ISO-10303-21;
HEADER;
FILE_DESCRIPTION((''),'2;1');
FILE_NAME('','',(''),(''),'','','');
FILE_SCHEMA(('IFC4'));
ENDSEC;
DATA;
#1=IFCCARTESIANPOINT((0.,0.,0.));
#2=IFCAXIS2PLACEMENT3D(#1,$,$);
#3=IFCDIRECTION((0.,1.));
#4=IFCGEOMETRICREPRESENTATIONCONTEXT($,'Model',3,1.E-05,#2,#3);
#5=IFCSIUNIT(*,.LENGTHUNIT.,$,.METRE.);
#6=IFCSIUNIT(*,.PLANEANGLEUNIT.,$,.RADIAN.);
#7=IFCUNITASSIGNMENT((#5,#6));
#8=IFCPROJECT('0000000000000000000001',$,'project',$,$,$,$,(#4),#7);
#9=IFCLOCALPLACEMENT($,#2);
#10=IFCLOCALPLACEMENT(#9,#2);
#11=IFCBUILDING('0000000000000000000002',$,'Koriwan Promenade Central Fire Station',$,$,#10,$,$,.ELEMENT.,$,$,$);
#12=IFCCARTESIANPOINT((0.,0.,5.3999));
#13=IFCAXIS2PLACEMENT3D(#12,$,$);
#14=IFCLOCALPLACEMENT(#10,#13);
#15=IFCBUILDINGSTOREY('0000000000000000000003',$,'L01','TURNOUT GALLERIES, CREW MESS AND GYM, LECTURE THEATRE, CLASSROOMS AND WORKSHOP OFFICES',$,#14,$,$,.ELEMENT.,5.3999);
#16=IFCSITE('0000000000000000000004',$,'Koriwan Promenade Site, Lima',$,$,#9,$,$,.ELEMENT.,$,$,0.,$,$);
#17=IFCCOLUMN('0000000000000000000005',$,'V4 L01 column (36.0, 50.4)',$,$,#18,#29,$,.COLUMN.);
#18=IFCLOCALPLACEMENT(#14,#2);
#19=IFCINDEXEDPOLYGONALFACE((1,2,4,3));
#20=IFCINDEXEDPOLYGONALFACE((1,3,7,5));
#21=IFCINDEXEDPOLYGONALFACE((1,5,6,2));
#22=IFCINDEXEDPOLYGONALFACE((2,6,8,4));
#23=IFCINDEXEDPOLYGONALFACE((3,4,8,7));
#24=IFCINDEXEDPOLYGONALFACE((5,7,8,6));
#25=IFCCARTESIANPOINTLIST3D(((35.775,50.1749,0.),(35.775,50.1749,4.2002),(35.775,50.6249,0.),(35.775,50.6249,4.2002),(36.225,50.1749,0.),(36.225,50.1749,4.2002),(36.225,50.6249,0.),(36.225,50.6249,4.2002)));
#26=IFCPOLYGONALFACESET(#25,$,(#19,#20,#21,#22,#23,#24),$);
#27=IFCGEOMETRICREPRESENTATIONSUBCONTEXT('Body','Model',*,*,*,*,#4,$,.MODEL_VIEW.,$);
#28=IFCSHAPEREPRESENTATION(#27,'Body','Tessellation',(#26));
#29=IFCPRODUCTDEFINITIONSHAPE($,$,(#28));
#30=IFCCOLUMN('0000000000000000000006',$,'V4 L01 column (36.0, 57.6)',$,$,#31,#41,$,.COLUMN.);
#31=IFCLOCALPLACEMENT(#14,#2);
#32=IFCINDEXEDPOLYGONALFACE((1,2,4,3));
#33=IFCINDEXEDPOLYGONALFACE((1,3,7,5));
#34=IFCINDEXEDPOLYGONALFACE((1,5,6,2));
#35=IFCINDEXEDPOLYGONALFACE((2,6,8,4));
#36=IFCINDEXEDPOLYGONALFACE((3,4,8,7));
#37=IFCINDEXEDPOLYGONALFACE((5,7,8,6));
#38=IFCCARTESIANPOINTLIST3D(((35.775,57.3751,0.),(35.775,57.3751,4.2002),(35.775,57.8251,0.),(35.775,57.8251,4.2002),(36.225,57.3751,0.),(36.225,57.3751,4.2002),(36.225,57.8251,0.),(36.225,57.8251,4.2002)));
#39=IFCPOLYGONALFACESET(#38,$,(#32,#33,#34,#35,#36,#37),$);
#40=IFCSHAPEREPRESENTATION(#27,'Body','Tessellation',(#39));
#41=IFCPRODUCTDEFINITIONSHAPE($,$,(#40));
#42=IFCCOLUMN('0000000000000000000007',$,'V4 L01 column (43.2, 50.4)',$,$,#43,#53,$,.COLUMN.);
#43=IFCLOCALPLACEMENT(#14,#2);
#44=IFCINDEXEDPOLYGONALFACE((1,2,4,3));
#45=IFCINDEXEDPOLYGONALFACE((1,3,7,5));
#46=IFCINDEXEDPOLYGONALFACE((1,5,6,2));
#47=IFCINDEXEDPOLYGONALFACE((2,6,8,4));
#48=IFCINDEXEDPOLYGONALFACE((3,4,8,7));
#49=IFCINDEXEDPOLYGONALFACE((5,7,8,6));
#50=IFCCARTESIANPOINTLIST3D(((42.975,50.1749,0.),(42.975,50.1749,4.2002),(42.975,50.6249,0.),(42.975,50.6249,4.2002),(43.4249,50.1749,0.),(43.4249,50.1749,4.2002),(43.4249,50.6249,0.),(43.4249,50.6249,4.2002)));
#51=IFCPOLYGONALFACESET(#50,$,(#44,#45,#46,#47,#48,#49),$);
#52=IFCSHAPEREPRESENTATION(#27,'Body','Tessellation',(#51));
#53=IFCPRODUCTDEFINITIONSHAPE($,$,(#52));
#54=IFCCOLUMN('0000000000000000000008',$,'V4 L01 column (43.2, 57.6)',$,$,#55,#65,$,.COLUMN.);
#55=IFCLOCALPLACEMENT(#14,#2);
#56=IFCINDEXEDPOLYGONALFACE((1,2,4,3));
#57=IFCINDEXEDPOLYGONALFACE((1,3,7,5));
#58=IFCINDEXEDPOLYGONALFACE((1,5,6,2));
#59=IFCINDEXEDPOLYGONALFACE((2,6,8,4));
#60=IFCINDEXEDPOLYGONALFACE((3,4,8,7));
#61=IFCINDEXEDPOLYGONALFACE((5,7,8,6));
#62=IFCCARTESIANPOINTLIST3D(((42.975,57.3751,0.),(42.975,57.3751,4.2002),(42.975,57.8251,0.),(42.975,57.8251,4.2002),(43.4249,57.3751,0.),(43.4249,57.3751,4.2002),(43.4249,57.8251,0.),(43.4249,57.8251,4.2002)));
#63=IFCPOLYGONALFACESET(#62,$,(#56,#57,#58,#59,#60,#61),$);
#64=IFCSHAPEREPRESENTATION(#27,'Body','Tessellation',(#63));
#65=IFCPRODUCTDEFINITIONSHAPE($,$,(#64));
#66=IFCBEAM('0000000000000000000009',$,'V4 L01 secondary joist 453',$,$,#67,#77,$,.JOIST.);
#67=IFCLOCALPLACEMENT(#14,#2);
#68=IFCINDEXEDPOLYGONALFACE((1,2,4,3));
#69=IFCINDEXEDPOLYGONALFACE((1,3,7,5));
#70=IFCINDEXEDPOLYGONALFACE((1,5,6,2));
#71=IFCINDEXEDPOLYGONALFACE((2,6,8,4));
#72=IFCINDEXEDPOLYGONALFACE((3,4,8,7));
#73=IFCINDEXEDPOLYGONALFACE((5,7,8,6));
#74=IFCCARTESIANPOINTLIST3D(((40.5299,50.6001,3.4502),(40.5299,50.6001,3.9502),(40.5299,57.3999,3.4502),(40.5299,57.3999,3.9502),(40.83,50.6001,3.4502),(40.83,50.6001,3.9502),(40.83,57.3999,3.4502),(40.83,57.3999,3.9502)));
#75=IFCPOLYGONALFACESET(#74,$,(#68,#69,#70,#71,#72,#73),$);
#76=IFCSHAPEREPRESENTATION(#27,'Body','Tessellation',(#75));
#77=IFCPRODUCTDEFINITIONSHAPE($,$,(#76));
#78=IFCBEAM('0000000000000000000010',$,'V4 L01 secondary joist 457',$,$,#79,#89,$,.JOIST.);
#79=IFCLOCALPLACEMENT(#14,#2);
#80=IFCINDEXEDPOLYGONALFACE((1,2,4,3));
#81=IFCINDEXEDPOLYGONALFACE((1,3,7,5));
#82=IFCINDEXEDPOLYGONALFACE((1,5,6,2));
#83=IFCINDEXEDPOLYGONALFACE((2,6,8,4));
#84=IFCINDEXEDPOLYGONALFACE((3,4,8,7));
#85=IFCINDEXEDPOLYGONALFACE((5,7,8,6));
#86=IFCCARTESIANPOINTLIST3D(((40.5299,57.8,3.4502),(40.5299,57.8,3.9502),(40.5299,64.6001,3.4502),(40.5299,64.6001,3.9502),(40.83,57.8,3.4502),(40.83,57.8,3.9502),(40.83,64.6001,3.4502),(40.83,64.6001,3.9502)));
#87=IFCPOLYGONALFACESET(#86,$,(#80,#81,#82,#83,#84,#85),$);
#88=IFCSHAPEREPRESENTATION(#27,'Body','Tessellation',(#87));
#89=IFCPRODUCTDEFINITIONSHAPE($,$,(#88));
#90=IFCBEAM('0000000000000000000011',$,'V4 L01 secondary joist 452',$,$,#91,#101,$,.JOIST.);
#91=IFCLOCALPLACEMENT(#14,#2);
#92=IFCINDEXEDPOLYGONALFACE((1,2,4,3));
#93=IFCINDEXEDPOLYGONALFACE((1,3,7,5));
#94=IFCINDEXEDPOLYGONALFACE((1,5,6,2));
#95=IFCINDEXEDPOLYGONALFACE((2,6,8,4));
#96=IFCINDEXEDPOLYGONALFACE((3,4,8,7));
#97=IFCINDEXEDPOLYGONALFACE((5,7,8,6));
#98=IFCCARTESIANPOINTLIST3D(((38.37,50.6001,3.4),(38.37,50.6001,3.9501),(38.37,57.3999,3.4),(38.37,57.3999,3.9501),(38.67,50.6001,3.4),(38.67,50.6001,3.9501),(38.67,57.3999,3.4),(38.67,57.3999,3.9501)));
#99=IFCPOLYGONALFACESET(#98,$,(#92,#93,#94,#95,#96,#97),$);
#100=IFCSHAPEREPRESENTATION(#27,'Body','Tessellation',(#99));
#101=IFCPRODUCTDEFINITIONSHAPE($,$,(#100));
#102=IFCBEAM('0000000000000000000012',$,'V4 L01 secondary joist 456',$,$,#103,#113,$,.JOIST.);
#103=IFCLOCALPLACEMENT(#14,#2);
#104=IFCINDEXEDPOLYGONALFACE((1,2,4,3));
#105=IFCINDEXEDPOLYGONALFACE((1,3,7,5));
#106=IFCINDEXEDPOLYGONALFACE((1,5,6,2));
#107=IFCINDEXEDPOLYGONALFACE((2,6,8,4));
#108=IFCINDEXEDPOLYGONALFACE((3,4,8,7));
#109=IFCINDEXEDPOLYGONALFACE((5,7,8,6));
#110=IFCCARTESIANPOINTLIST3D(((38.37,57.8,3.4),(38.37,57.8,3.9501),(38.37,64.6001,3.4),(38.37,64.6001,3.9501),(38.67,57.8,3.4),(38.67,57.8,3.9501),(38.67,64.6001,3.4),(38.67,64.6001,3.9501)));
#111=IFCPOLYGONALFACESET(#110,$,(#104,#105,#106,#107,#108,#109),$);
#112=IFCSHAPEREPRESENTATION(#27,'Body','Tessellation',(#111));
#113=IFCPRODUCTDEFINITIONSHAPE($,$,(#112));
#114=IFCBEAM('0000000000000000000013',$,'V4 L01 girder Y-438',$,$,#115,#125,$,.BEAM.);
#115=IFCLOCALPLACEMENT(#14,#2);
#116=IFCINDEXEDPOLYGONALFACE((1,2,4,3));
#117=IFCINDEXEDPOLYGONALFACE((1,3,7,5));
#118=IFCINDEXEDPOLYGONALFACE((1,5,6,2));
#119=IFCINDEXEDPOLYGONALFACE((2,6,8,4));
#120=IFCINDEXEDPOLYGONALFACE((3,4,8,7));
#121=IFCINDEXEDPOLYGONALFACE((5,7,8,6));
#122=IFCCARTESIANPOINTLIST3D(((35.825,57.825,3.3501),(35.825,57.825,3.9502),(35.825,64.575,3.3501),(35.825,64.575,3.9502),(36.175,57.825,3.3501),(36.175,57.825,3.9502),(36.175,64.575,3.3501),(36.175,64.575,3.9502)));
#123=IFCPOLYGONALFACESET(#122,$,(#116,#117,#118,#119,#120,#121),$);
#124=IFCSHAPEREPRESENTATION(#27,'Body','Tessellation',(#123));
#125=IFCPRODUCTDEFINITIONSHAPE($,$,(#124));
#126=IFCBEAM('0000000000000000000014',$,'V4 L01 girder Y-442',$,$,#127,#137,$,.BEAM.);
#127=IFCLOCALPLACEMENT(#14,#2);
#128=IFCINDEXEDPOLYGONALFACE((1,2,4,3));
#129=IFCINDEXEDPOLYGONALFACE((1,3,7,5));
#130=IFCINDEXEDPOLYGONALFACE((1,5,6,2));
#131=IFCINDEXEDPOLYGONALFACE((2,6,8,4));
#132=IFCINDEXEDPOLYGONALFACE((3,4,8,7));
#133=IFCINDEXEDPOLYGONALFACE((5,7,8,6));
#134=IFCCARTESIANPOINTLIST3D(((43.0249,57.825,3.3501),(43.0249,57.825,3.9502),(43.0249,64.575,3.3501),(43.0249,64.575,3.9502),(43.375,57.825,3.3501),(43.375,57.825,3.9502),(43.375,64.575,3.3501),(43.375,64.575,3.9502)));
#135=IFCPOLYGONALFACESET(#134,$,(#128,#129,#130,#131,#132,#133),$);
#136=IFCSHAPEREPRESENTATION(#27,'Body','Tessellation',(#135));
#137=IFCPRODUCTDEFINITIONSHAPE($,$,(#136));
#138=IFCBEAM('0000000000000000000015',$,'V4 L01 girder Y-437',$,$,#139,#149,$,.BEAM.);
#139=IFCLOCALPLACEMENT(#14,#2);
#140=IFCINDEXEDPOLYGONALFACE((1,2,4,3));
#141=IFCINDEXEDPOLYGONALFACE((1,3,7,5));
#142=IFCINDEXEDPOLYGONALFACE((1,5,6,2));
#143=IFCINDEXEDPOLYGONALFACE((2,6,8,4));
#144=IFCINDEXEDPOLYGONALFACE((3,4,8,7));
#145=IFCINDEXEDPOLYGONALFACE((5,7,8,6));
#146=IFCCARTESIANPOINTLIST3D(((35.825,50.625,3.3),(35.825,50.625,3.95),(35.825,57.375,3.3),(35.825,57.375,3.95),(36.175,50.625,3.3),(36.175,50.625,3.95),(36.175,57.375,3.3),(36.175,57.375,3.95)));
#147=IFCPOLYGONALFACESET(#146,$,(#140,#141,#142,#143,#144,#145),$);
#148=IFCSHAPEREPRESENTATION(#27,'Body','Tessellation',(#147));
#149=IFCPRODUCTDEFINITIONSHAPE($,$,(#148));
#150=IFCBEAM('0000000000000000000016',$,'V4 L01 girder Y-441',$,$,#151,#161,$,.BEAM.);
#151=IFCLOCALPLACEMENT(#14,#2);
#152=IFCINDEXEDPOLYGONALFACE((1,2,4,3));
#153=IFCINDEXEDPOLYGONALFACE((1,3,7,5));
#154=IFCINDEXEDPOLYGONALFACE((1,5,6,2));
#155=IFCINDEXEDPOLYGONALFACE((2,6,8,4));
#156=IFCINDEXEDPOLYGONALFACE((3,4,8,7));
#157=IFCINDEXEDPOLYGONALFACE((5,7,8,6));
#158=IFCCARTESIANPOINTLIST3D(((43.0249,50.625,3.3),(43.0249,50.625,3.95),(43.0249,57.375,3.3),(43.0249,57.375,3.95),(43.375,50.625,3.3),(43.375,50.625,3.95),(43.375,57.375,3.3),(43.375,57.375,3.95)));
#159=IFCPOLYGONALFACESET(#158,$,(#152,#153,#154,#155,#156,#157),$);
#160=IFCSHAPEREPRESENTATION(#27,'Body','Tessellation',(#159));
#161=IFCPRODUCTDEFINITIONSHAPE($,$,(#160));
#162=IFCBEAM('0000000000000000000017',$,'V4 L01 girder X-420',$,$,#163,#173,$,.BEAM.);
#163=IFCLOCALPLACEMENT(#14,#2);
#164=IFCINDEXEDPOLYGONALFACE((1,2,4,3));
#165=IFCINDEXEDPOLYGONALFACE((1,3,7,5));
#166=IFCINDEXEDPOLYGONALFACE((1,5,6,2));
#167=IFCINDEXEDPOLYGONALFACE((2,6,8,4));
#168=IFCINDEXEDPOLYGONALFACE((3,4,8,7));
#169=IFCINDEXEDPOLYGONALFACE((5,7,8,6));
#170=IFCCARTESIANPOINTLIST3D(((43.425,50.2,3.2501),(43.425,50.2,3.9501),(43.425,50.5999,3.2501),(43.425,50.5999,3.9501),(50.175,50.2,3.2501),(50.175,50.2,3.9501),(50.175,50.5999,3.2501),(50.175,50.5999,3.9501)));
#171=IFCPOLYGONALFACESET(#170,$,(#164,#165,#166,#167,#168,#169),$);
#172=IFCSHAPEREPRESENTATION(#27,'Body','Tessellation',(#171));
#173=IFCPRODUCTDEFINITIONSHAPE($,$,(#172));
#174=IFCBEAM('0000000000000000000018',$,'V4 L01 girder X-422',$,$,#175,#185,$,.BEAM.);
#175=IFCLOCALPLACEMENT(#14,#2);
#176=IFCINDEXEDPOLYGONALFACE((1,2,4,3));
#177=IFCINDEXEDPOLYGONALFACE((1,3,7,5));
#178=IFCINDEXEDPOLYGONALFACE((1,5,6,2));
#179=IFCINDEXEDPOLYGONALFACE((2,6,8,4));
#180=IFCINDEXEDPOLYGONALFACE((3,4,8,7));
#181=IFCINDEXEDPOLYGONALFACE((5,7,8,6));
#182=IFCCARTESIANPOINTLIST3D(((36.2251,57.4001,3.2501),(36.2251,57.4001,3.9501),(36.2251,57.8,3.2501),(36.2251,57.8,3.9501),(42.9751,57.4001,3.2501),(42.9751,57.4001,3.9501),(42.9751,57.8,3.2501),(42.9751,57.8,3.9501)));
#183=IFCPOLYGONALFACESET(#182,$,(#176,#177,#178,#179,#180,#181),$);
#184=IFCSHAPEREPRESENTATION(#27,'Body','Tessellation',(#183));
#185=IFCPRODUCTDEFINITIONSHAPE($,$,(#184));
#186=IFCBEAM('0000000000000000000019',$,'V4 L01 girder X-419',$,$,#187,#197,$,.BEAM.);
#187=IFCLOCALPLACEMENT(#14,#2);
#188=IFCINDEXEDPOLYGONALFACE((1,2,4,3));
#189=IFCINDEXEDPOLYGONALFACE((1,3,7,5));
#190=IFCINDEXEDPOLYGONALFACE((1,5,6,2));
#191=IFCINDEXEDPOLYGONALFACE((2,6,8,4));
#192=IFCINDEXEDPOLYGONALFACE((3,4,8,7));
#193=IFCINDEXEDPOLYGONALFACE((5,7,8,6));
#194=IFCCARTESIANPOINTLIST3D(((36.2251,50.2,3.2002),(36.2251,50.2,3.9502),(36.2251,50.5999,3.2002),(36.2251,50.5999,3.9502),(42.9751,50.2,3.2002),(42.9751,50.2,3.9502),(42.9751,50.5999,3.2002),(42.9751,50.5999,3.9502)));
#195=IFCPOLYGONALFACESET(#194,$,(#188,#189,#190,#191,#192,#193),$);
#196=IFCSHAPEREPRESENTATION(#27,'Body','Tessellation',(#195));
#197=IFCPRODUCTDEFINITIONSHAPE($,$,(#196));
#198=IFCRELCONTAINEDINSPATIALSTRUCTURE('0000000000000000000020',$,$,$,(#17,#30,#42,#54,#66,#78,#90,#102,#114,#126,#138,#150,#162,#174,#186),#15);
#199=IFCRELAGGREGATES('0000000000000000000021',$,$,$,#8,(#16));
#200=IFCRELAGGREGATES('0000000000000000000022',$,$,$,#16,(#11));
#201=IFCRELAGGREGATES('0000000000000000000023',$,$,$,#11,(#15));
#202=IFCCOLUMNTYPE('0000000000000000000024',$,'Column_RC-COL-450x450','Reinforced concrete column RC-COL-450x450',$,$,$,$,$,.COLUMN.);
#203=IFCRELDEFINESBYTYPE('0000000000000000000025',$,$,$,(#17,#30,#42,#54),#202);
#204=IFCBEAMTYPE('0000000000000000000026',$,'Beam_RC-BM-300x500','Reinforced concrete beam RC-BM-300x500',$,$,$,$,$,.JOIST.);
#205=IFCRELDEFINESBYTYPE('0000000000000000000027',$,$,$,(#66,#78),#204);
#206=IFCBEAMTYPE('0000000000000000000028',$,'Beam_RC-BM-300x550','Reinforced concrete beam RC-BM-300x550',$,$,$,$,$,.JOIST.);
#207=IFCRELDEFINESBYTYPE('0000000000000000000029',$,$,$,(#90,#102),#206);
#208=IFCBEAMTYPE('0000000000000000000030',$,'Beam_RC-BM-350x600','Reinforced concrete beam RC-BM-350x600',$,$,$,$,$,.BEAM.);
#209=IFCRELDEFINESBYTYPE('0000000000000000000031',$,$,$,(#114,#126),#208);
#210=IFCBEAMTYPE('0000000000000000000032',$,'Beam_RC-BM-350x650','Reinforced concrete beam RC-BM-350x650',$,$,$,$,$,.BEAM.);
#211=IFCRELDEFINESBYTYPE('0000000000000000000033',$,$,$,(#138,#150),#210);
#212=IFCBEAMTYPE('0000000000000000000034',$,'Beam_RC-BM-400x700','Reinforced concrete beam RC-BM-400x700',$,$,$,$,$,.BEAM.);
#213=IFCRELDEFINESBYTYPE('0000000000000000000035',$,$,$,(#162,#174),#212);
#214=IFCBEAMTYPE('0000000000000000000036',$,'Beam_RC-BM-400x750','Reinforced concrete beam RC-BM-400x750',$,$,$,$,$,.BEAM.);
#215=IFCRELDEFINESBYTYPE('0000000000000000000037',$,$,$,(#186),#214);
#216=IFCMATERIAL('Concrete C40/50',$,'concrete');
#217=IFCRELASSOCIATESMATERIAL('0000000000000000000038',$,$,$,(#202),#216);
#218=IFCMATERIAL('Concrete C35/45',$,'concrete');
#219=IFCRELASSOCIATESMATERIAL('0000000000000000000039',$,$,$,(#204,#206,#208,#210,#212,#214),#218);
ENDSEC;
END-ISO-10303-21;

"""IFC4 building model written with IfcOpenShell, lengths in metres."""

from ifc_helpers import new_model, si_unit, direction, frame, origin, origin_2d, place, context, subcontext, project, spatial, rectangle, extrude, material, material_profile, profile_set, type_object, element, save


model = new_model("IFC4")

# Units and contexts
model_context = context("Model", 3, precision=1e-05, world=origin(), true_north=direction((0.0, 1.0)))
body_context = subcontext(model_context, "Body", "Model", "MODEL_VIEW")
ifc_project = project(units=[si_unit("LENGTHUNIT", "METRE"), si_unit("PLANEANGLEUNIT", "RADIAN")], contexts=[model_context])

# Site, building, storey
site_placement = place(None, origin())
site = spatial("IfcSite", under=ifc_project, at=site_placement, Name="Koriwan Promenade Site, Lima", CompositionType="ELEMENT", RefElevation=0.0)
building_placement = place(site_placement, origin())
building = spatial("IfcBuilding", under=site, at=building_placement, Name="Koriwan Promenade Central Fire Station", CompositionType="ELEMENT")
storey_placement = place(building_placement, frame((0.0, 0.0, 5.3999)))
storey = spatial("IfcBuildingStorey", under=building, at=storey_placement, Name="L01", Description="TURNOUT GALLERIES, CREW MESS AND GYM, LECTURE THEATRE, CLASSROOMS AND WORKSHOP OFFICES", CompositionType="ELEMENT", Elevation=5.3999)

# Columns
ifc_material_1 = material(Name="Concrete C40/50", Category="concrete")
ifc_material_profile_1 = material_profile(ifc_material_1, rectangle(XDim=0.45, YDim=0.45, at=origin_2d()), Name="RC-COL-450x450")
ifc_profile_set_1 = profile_set([ifc_material_profile_1], Name="Concrete C40/50")
column_type = type_object("IfcColumnType", Name="Column_RC-COL-450x450", Description="Reinforced concrete column RC-COL-450x450", PredefinedType="COLUMN", material=ifc_profile_set_1)
for number, where, z_axis, x_axis, name in (
    (1, (36.0, 50.3999, 0.0), (0.0, 0.0, 1.0), (1.0, 0.0, 0.0), "V4 L01 column (36.0, 50.4)"),
    (2, (36.0, 57.6001, 0.0), (0.0, 0.0, 1.0), (1.0, 0.0, 0.0), "V4 L01 column (36.0, 57.6)"),
    (3, (43.2, 50.3999, 0.0), (0.0, 0.0, 1.0), (1.0, 0.0, 0.0), "V4 L01 column (43.2, 50.4)"),
    (4, (43.2, 57.6001, 0.0), (0.0, 0.0, 1.0), (1.0, 0.0, 0.0), "V4 L01 column (43.2, 57.6)"),
):
    element("IfcColumn", number, at=place(storey_placement, frame(where, z_axis=z_axis, x_axis=x_axis)), inside=storey, type_object=column_type, Name=name, PredefinedType="COLUMN", context=body_context, shape_type="SweptSolid", body=[
        extrude(rectangle(XDim=0.45, YDim=0.45, at=origin_2d()), origin(), (0.0, 0.0, 1.0), 4.2002),
    ])

# Beams
ifc_material_2 = material(Name="Concrete C35/45", Category="concrete")
ifc_material_profile_2 = material_profile(ifc_material_2, rectangle(XDim=0.3, YDim=0.5, at=origin_2d()), Name="RC-BM-300x500")
ifc_profile_set_2 = profile_set([ifc_material_profile_2], Name="Concrete C35/45")
beam_type_1 = type_object("IfcBeamType", Name="Beam_RC-BM-300x500", Description="Reinforced concrete beam RC-BM-300x500", PredefinedType="JOIST", material=ifc_profile_set_2)
beam_1_placement = place(storey_placement, frame((40.6799, 50.6001, 3.7002), z_axis=(0.0, 1.0, 0.0), x_axis=(-1.0, 0.0, 0.0)))
element("IfcBeam", 5, at=beam_1_placement, inside=storey, type_object=beam_type_1, Name="V4 L01 secondary joist 453", PredefinedType="JOIST", context=body_context, shape_type="SweptSolid", body=[
    extrude(rectangle(XDim=0.3, YDim=0.5, at=origin_2d()), origin(), (0.0, 0.0, 1.0), 6.7998),
])
beam_2_placement = place(storey_placement, frame((40.6799, 57.8, 3.7002), z_axis=(0.0, 1.0, 0.0), x_axis=(-1.0, 0.0, 0.0)))
element("IfcBeam", 6, at=beam_2_placement, inside=storey, type_object=beam_type_1, Name="V4 L01 secondary joist 457", PredefinedType="JOIST", context=body_context, shape_type="SweptSolid", body=[
    extrude(rectangle(XDim=0.3, YDim=0.5, at=origin_2d()), origin(), (0.0, 0.0, 1.0), 6.8),
])
ifc_material_profile_3 = material_profile(ifc_material_2, rectangle(XDim=0.3, YDim=0.55, at=origin_2d()), Name="RC-BM-300x550")
ifc_profile_set_3 = profile_set([ifc_material_profile_3], Name="Concrete C35/45")
beam_type_2 = type_object("IfcBeamType", Name="Beam_RC-BM-300x550", Description="Reinforced concrete beam RC-BM-300x550", PredefinedType="JOIST", material=ifc_profile_set_3)
beam_3_placement = place(storey_placement, frame((38.52, 50.6001, 3.675), z_axis=(0.0, 1.0, 0.0), x_axis=(-1.0, 0.0, 0.0)))
element("IfcBeam", 7, at=beam_3_placement, inside=storey, type_object=beam_type_2, Name="V4 L01 secondary joist 452", PredefinedType="JOIST", context=body_context, shape_type="SweptSolid", body=[
    extrude(rectangle(XDim=0.3, YDim=0.55, at=origin_2d()), origin(), (0.0, 0.0, 1.0), 6.7998),
])
beam_4_placement = place(storey_placement, frame((38.52, 57.8, 3.675), z_axis=(0.0, 1.0, 0.0), x_axis=(-1.0, 0.0, 0.0)))
element("IfcBeam", 8, at=beam_4_placement, inside=storey, type_object=beam_type_2, Name="V4 L01 secondary joist 456", PredefinedType="JOIST", context=body_context, shape_type="SweptSolid", body=[
    extrude(rectangle(XDim=0.3, YDim=0.55, at=origin_2d()), origin(), (0.0, 0.0, 1.0), 6.8),
])
ifc_material_profile_4 = material_profile(ifc_material_2, rectangle(XDim=0.3501, YDim=0.6001, at=origin_2d()), Name="RC-BM-350x600")
ifc_profile_set_4 = profile_set([ifc_material_profile_4], Name="Concrete C35/45")
beam_type_3 = type_object("IfcBeamType", Name="Beam_RC-BM-350x600", Description="Reinforced concrete beam RC-BM-350x600", PredefinedType="BEAM", material=ifc_profile_set_4)
for number, where, z_axis, x_axis, name in (
    (9, (36.0, 57.825, 3.6501), (0.0, 1.0, 0.0), (-1.0, 0.0, 0.0), "V4 L01 girder Y-438"),
    (10, (43.2, 57.825, 3.6501), (0.0, 1.0, 0.0), (-1.0, 0.0, 0.0), "V4 L01 girder Y-442"),
):
    element("IfcBeam", number, at=place(storey_placement, frame(where, z_axis=z_axis, x_axis=x_axis)), inside=storey, type_object=beam_type_3, Name=name, PredefinedType="BEAM", context=body_context, shape_type="SweptSolid", body=[
        extrude(rectangle(XDim=0.3501, YDim=0.6001, at=origin_2d()), origin(), (0.0, 0.0, 1.0), 6.75),
    ])
ifc_material_profile_5 = material_profile(ifc_material_2, rectangle(XDim=0.3501, YDim=0.6499, at=origin_2d()), Name="RC-BM-350x650")
ifc_profile_set_5 = profile_set([ifc_material_profile_5], Name="Concrete C35/45")
beam_type_4 = type_object("IfcBeamType", Name="Beam_RC-BM-350x650", Description="Reinforced concrete beam RC-BM-350x650", PredefinedType="BEAM", material=ifc_profile_set_5)
for number, where, z_axis, x_axis, name in (
    (11, (36.0, 50.625, 3.625), (0.0, 1.0, 0.0), (-1.0, 0.0, 0.0), "V4 L01 girder Y-437"),
    (12, (43.2, 50.625, 3.625), (0.0, 1.0, 0.0), (-1.0, 0.0, 0.0), "V4 L01 girder Y-441"),
):
    element("IfcBeam", number, at=place(storey_placement, frame(where, z_axis=z_axis, x_axis=x_axis)), inside=storey, type_object=beam_type_4, Name=name, PredefinedType="BEAM", context=body_context, shape_type="SweptSolid", body=[
        extrude(rectangle(XDim=0.3501, YDim=0.6499, at=origin_2d()), origin(), (0.0, 0.0, 1.0), 6.75),
    ])
ifc_material_profile_6 = material_profile(ifc_material_2, rectangle(XDim=0.3999, YDim=0.7, at=origin_2d()), Name="RC-BM-400x700")
ifc_profile_set_6 = profile_set([ifc_material_profile_6], Name="Concrete C35/45")
beam_type_5 = type_object("IfcBeamType", Name="Beam_RC-BM-400x700", Description="Reinforced concrete beam RC-BM-400x700", PredefinedType="BEAM", material=ifc_profile_set_6)
for number, where, z_axis, x_axis, name in (
    (13, (43.425, 50.3999, 3.6001), (1.0, 0.0, 0.0), (0.0, 1.0, 0.0), "V4 L01 girder X-420"),
    (14, (36.2251, 57.6001, 3.6001), (1.0, 0.0, 0.0), (0.0, 1.0, 0.0), "V4 L01 girder X-422"),
):
    element("IfcBeam", number, at=place(storey_placement, frame(where, z_axis=z_axis, x_axis=x_axis)), inside=storey, type_object=beam_type_5, Name=name, PredefinedType="BEAM", context=body_context, shape_type="SweptSolid", body=[
        extrude(rectangle(XDim=0.3999, YDim=0.7, at=origin_2d()), origin(), (0.0, 0.0, 1.0), 6.75),
    ])
ifc_material_profile_7 = material_profile(ifc_material_2, rectangle(XDim=0.3999, YDim=0.75, at=origin_2d()), Name="RC-BM-400x750")
ifc_profile_set_7 = profile_set([ifc_material_profile_7], Name="Concrete C35/45")
beam_type_6 = type_object("IfcBeamType", Name="Beam_RC-BM-400x750", Description="Reinforced concrete beam RC-BM-400x750", PredefinedType="BEAM", material=ifc_profile_set_7)
beam_5_placement = place(storey_placement, frame((36.2251, 50.3999, 3.5752), z_axis=(1.0, 0.0, 0.0), x_axis=(0.0, 1.0, 0.0)))
element("IfcBeam", 15, at=beam_5_placement, inside=storey, type_object=beam_type_6, Name="V4 L01 girder X-419", PredefinedType="BEAM", context=body_context, shape_type="SweptSolid", body=[
    extrude(rectangle(XDim=0.3999, YDim=0.75, at=origin_2d()), origin(), (0.0, 0.0, 1.0), 6.75),
])

save(model, "model.ifc")
